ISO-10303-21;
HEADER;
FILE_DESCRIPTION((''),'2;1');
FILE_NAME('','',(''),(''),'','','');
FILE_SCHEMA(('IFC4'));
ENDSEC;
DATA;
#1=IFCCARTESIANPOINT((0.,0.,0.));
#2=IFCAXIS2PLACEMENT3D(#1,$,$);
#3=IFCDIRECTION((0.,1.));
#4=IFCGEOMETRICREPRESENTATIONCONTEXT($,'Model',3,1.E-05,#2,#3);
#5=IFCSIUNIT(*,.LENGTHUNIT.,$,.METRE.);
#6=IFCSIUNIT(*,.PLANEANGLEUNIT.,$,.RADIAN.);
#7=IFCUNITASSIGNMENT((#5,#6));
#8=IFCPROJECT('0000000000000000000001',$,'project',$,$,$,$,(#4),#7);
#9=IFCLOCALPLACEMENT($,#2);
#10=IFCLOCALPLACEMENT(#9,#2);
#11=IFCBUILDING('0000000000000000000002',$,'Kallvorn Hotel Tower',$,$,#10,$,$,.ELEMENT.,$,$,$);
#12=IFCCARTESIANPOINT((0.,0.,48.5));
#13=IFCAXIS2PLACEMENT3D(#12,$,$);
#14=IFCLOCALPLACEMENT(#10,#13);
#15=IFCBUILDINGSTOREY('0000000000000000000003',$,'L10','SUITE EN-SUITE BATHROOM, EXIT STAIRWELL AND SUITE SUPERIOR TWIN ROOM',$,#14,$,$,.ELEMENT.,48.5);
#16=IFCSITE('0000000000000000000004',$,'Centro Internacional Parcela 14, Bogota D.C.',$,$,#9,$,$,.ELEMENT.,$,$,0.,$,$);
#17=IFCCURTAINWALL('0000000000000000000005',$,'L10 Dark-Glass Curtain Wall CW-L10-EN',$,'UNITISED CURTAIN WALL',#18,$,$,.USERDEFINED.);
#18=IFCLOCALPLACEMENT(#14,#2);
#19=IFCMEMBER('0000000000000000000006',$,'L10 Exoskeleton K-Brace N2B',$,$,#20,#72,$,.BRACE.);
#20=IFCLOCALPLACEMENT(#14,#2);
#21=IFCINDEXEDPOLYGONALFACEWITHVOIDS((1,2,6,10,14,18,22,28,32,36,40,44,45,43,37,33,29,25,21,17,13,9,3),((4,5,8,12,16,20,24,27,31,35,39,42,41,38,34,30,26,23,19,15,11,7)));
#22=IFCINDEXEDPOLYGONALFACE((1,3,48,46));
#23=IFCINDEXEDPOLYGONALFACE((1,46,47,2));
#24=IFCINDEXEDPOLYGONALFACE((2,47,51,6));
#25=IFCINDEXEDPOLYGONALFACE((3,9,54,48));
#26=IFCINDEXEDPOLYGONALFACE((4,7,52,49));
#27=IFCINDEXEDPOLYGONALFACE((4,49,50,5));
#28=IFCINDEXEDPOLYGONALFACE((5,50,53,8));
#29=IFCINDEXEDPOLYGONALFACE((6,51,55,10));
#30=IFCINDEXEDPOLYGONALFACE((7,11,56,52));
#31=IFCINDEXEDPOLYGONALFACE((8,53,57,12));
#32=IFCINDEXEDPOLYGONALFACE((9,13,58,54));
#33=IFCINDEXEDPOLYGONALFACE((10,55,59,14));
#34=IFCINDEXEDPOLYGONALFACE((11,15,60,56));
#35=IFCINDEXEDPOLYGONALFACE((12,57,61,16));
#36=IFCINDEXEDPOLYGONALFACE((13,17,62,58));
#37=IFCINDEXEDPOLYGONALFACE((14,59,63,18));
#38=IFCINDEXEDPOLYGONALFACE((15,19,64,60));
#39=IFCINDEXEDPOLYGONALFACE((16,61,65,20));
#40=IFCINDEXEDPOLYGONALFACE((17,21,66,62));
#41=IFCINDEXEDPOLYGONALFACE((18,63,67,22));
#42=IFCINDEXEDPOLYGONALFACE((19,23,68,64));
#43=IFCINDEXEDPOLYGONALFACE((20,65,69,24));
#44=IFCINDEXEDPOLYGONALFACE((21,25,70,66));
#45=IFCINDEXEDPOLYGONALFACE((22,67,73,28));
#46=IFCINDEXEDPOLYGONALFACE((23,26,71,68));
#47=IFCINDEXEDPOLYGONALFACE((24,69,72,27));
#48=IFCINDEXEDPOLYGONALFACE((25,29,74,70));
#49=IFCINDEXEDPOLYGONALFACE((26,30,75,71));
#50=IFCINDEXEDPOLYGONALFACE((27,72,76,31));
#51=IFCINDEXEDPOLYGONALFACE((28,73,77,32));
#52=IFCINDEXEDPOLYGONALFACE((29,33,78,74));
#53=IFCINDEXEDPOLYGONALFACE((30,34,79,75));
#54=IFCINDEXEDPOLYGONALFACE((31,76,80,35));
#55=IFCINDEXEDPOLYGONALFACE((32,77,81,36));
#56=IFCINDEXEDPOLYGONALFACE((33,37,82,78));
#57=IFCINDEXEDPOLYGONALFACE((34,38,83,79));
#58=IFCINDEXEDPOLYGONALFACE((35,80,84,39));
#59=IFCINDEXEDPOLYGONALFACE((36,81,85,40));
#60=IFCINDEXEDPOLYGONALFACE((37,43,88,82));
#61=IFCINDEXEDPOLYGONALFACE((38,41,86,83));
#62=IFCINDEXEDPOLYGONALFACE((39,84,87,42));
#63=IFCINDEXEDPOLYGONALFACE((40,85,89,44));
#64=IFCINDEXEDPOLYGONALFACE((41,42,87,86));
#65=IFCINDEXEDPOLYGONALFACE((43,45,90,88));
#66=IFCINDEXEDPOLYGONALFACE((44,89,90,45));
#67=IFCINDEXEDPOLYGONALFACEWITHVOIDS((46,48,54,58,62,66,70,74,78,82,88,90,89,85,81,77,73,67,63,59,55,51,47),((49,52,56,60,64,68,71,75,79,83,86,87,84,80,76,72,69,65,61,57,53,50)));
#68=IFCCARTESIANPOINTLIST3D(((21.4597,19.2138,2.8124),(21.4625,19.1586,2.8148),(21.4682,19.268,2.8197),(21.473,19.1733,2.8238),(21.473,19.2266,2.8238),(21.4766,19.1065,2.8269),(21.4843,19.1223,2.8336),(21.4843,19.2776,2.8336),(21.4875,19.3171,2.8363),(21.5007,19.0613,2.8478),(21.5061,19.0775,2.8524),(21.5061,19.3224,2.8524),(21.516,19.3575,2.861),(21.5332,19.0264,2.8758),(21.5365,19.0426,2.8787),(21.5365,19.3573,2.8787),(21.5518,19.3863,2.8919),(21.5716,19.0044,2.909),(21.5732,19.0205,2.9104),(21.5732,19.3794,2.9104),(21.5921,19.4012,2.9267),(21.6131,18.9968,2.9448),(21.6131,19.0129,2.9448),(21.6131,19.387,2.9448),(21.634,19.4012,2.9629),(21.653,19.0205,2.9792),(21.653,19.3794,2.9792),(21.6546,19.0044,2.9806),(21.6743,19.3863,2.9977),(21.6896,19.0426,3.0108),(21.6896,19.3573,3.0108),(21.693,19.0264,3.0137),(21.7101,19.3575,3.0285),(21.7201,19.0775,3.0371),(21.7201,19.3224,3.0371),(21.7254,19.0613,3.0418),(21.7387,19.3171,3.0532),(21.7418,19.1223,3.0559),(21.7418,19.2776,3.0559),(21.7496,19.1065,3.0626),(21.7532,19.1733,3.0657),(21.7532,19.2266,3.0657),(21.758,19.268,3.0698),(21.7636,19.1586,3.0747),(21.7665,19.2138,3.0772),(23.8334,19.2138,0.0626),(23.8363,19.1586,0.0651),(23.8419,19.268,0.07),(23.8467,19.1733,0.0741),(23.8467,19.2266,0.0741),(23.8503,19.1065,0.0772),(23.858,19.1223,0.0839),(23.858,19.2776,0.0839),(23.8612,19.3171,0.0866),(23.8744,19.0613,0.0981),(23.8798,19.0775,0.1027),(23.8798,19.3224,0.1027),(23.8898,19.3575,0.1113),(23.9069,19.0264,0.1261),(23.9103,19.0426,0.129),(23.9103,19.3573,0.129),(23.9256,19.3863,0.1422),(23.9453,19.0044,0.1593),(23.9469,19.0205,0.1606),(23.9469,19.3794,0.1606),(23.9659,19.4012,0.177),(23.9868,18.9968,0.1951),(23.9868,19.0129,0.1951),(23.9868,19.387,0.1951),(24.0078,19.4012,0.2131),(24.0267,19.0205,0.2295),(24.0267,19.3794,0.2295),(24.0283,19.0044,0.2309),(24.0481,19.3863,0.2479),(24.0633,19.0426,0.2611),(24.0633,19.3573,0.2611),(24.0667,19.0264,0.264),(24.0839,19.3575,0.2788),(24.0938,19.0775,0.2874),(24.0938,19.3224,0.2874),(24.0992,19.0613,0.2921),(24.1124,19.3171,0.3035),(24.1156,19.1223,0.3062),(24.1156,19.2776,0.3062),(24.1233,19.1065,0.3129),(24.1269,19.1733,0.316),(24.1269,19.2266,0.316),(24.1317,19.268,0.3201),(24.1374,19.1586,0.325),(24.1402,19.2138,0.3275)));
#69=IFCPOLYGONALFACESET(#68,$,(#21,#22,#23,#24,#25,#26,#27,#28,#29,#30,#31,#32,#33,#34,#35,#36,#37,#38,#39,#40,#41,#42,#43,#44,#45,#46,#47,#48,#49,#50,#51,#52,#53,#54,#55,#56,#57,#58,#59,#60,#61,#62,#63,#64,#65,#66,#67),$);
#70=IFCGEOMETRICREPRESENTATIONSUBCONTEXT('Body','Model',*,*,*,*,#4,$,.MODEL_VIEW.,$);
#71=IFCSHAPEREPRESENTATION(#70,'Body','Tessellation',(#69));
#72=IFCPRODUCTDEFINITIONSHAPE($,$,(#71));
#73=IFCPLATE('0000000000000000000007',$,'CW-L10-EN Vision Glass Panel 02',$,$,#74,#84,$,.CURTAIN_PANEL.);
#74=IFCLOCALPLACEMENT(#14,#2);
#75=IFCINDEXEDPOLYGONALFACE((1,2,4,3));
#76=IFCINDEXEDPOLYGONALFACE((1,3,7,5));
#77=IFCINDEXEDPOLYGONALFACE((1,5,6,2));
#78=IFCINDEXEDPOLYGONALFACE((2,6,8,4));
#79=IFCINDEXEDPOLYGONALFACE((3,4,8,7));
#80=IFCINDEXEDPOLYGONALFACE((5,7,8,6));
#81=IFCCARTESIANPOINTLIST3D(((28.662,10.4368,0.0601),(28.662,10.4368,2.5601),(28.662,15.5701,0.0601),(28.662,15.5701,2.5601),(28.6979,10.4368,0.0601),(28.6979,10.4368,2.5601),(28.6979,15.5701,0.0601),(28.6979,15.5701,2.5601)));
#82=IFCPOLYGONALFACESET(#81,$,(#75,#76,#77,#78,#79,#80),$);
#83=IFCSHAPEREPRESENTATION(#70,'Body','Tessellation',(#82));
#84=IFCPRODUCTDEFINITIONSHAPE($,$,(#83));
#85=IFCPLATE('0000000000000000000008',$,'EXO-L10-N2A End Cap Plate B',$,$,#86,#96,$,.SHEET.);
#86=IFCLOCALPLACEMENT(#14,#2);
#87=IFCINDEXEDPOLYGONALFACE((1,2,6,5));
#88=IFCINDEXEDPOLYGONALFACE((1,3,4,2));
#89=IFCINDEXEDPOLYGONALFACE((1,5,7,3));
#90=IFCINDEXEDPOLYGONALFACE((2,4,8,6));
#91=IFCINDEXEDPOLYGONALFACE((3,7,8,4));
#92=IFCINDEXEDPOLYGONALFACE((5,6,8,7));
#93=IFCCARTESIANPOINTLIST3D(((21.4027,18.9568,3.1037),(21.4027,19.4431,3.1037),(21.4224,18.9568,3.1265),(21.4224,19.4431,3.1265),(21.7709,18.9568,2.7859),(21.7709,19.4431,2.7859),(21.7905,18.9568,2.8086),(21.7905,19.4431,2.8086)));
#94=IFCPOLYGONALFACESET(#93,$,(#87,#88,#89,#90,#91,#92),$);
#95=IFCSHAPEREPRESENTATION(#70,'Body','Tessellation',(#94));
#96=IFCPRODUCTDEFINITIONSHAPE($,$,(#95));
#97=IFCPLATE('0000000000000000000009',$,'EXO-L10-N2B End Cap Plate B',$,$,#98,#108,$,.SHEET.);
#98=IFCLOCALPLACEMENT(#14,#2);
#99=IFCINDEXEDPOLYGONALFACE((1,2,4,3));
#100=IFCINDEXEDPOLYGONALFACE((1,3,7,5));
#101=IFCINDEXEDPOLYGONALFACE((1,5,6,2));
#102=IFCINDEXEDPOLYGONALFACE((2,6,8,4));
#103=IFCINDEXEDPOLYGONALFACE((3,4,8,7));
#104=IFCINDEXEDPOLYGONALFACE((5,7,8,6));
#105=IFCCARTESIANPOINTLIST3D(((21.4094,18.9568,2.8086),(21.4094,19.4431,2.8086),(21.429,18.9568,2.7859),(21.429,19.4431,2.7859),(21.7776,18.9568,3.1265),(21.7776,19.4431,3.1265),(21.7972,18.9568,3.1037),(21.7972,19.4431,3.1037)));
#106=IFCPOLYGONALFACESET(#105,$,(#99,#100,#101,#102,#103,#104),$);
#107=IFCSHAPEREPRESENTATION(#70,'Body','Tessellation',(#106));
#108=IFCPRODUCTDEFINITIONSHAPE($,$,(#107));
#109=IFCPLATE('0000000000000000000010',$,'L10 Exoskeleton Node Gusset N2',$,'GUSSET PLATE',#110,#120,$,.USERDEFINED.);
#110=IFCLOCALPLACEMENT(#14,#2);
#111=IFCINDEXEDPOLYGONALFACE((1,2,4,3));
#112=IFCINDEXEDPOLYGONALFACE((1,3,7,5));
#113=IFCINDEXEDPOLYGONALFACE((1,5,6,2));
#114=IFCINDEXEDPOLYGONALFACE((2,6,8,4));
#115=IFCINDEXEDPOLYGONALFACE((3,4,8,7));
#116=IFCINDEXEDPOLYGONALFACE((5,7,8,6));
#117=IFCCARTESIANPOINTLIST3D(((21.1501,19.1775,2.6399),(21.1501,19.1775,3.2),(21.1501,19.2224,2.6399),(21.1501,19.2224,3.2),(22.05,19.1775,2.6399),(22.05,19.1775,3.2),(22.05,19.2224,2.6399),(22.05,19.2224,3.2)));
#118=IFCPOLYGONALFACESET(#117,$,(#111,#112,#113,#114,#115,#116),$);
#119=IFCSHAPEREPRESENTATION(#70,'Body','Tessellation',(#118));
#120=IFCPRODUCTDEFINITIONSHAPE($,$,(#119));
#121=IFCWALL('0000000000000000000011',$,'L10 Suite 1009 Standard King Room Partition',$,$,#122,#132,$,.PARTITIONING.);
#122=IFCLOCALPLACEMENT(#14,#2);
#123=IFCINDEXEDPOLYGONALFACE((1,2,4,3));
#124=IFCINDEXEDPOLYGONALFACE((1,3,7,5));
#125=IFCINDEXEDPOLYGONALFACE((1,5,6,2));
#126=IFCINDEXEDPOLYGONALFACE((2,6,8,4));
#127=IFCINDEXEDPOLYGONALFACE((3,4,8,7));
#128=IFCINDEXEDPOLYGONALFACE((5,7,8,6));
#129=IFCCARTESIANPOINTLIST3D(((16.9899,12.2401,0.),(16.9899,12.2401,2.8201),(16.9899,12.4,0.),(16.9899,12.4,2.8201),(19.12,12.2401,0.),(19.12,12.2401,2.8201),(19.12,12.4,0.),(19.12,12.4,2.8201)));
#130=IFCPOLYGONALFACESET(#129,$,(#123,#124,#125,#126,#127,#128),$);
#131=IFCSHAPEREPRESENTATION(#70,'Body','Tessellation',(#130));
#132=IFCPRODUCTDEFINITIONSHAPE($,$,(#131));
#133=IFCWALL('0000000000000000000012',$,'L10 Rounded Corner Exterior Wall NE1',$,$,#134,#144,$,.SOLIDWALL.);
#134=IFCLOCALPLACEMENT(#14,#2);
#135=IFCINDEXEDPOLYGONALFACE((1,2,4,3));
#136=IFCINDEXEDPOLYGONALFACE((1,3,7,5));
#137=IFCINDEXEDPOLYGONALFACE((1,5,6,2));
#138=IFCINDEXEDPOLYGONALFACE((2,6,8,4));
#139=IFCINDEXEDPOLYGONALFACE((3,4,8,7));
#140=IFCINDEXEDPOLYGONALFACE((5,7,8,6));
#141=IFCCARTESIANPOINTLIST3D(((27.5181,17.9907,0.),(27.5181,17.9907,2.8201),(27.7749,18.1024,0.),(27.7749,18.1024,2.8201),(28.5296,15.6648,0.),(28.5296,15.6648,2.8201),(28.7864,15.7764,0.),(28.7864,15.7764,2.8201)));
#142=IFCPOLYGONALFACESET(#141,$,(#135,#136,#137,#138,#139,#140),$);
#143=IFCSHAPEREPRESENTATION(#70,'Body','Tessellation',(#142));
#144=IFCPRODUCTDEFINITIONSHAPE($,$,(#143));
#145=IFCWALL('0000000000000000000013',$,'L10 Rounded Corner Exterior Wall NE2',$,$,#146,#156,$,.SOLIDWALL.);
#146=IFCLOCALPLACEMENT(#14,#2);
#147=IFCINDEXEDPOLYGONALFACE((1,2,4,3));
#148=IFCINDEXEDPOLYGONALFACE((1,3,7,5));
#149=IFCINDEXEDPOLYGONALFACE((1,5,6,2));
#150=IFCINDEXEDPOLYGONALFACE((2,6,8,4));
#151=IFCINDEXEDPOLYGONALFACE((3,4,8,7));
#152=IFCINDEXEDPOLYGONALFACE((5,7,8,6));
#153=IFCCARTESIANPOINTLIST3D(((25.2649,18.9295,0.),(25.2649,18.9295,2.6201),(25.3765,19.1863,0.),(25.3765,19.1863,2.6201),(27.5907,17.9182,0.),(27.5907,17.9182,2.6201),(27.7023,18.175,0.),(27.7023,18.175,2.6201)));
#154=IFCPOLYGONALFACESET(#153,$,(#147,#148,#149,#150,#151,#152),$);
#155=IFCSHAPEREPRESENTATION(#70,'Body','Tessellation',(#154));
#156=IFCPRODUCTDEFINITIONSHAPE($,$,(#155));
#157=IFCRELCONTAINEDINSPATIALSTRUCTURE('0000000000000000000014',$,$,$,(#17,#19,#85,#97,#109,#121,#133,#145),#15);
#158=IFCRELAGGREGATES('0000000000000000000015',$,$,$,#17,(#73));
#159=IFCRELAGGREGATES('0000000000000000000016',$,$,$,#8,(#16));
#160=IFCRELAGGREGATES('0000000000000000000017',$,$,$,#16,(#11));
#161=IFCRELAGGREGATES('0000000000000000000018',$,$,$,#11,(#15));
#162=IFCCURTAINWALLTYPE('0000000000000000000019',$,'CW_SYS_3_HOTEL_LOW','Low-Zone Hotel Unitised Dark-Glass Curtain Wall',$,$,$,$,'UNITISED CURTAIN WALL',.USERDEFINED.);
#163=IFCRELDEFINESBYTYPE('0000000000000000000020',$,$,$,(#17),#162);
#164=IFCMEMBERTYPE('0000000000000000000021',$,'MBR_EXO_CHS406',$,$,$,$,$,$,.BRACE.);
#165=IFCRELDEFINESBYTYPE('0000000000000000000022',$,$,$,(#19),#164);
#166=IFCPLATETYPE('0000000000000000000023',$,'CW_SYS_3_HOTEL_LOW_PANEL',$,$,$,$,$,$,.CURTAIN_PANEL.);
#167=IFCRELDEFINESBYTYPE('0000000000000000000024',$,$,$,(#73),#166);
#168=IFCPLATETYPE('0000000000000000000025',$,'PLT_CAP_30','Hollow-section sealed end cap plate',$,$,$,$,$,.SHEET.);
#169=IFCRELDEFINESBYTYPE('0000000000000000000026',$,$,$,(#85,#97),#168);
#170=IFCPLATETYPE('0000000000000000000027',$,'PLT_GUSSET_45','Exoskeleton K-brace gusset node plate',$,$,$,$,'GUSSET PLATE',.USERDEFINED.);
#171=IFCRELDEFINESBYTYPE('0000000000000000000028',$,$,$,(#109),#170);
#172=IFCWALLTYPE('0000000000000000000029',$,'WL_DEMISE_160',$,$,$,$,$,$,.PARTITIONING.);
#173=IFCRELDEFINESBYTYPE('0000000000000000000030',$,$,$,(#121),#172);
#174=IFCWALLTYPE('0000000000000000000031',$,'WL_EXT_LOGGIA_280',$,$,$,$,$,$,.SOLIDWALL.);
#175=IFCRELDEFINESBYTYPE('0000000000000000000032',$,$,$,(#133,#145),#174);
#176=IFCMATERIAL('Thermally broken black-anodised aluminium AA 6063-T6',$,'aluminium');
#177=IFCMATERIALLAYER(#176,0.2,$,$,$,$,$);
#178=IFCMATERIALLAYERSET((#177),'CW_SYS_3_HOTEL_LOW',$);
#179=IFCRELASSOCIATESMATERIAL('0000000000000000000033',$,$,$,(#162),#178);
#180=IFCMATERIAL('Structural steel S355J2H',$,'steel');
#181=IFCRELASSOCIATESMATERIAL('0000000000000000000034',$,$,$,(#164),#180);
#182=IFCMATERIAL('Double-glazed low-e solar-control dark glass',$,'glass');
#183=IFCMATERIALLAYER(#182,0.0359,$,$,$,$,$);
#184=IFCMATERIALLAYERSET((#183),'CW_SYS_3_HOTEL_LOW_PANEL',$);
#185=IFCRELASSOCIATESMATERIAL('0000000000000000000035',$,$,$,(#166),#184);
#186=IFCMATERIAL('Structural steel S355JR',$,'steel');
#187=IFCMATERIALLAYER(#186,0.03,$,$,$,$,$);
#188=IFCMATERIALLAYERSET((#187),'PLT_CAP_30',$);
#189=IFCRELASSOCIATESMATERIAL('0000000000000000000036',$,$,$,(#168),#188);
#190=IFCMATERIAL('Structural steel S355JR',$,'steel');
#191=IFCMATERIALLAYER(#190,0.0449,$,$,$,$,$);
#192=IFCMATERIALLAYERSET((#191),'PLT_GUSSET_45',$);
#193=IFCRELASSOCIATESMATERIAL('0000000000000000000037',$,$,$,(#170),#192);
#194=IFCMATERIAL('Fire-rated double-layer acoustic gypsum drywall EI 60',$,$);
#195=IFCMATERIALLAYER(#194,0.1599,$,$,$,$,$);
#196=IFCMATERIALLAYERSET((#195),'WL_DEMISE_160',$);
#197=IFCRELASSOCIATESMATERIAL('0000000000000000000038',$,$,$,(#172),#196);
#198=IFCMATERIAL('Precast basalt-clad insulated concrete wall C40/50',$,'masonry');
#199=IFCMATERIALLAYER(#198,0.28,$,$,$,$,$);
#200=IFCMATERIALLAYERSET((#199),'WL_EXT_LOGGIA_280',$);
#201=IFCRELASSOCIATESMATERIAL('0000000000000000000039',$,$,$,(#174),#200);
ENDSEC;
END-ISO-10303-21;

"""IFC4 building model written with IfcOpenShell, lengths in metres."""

from ifc_helpers import new_model, si_unit, direction, frame, frame_2d, origin, origin_2d, place, context, subcontext, project, spatial, polyline, rectangle, hollow_circle, outline, extrude, material, layer, layer_set, material_profile, profile_set, type_object, element, aggregate, save


model = new_model("IFC4")

# Units and contexts
model_context = context("Model", 3, precision=1e-05, world=origin(), true_north=direction((0.0, 1.0)))
body_context = subcontext(model_context, "Body", "Model", "MODEL_VIEW")
ifc_project = project(units=[si_unit("LENGTHUNIT", "METRE"), si_unit("PLANEANGLEUNIT", "RADIAN")], contexts=[model_context])

# Site, building, storey
site_placement = place(None, origin())
site = spatial("IfcSite", under=ifc_project, at=site_placement, Name="Centro Internacional Parcela 14, Bogota D.C.", CompositionType="ELEMENT", RefElevation=0.0)
building_placement = place(site_placement, origin())
building = spatial("IfcBuilding", under=site, at=building_placement, Name="Kallvorn Hotel Tower", CompositionType="ELEMENT")
storey_placement = place(building_placement, frame((0.0, 0.0, 48.5)))
storey = spatial("IfcBuildingStorey", under=building, at=storey_placement, Name="L10", Description="SUITE EN-SUITE BATHROOM, EXIT STAIRWELL AND SUITE SUPERIOR TWIN ROOM", CompositionType="ELEMENT", Elevation=48.5)

# Curtain wall
ifc_material_1 = material(Name="Thermally broken black-anodised aluminium AA 6063-T6", Category="aluminium")
ifc_layer_1 = layer(ifc_material_1, 0.2)
ifc_layer_set_1 = layer_set([ifc_layer_1], Name="CW_SYS_3_HOTEL_LOW")
curtain_wall_type = type_object("IfcCurtainWallType", Name="CW_SYS_3_HOTEL_LOW", Description="Low-Zone Hotel Unitised Dark-Glass Curtain Wall", ElementType="UNITISED CURTAIN WALL", PredefinedType="USERDEFINED", material=ifc_layer_set_1)
curtain_wall_placement = place(storey_placement, origin())
curtain_wall = element("IfcCurtainWall", 1, at=curtain_wall_placement, inside=storey, type_object=curtain_wall_type, Name="L10 Dark-Glass Curtain Wall CW-L10-EN", ObjectType="UNITISED CURTAIN WALL", PredefinedType="USERDEFINED")

# Member
ifc_material_2 = material(Name="Structural steel S355J2H", Category="steel")
ifc_material_profile_1 = material_profile(ifc_material_2, hollow_circle(Radius=0.2031, WallThickness=0.0161, at=origin_2d()), Name="CHS 406.4x16")
ifc_profile_set_1 = profile_set([ifc_material_profile_1], Name="Structural steel S355J2H")
member_type_1 = type_object("IfcMemberType", Name="MBR_EXO_CHS406", PredefinedType="BRACE", material=ifc_profile_set_1)
for number, where, z_axis, x_axis, name in (
    (2, (23.9868, 19.2, 0.1951), (-0.653461, 0.0, 0.756961), (0.0, -1.0, 0.0), "L10 Exoskeleton K-Brace N2B"),
):
    element("IfcMember", number, at=place(storey_placement, frame(where, z_axis=z_axis, x_axis=x_axis)), inside=storey, type_object=member_type_1, Name=name, PredefinedType="BRACE", context=body_context, shape_type="SweptSolid", body=[
        extrude(hollow_circle(Radius=0.2031, WallThickness=0.0161, at=origin_2d()), origin(), (0.0, 0.0, 1.0), 3.6326),
    ])

# Plate
ifc_material_3 = material(Name="Double-glazed low-e solar-control dark glass", Category="glass")
ifc_layer_2 = layer(ifc_material_3, 0.0359)
ifc_layer_set_2 = layer_set([ifc_layer_2], Name="CW_SYS_3_HOTEL_LOW_PANEL")
plate_type_1 = type_object("IfcPlateType", Name="CW_SYS_3_HOTEL_LOW_PANEL", PredefinedType="CURTAIN_PANEL", material=ifc_layer_set_2)
plate_1_placement = place(storey_placement, frame((28.6799, 13.0034, 0.0601), z_axis=(0.0, 0.0, 1.0), x_axis=(0.0, 1.0, 0.0)))
plate_1 = element("IfcPlate", 3, at=plate_1_placement, type_object=plate_type_1, Name="CW-L10-EN Vision Glass Panel 02", PredefinedType="CURTAIN_PANEL", context=body_context, shape_type="SweptSolid", body=[
    extrude(rectangle(XDim=5.1333, YDim=0.0359, at=origin_2d()), origin(), (0.0, 0.0, 1.0), 2.5),
])
aggregate(curtain_wall, [plate_1])

# Plates
ifc_material_4 = material(Name="Structural steel S355JR", Category="steel")
ifc_layer_3 = layer(ifc_material_4, 0.03)
ifc_layer_set_3 = layer_set([ifc_layer_3], Name="PLT_CAP_30")
plate_type_2 = type_object("IfcPlateType", Name="PLT_CAP_30", Description="Hollow-section sealed end cap plate", PredefinedType="SHEET", material=ifc_layer_set_3)
for number, where, z_axis, x_axis, name in (
    (4, (21.7905, 18.9568, 2.8086), (0.653515, 0.0, 0.756913), (0.0, 1.0, 0.0), "EXO-L10-N2A End Cap Plate B"),
    (5, (21.4094, 19.4431, 2.8086), (-0.653515, 0.0, 0.756913), (0.0, -1.0, 0.0), "EXO-L10-N2B End Cap Plate B"),
):
    element("IfcPlate", number, at=place(storey_placement, frame(where, z_axis=z_axis, x_axis=x_axis)), inside=storey, type_object=plate_type_2, Name=name, PredefinedType="SHEET", context=body_context, shape_type="SweptSolid", body=[
        extrude(outline(polyline([(0.0, 0.0), (0.4863, 0.0), (0.4863, 0.4864), (0.0, 0.4864), (0.0, 0.0)])), origin(), (0.0, 0.0, -1.0), 0.03),
    ])
ifc_material_5 = material(Name="Structural steel S355JR", Category="steel")
ifc_layer_4 = layer(ifc_material_5, 0.0449)
ifc_layer_set_4 = layer_set([ifc_layer_4], Name="PLT_GUSSET_45")
plate_type_3 = type_object("IfcPlateType", Name="PLT_GUSSET_45", Description="Exoskeleton K-brace gusset node plate", ElementType="GUSSET PLATE", PredefinedType="USERDEFINED", material=ifc_layer_set_4)
plate_2_placement = place(storey_placement, frame((21.6001, 19.2, 2.6399), z_axis=(0.0, 0.0, 1.0), x_axis=(1.0, 0.0, 0.0)))
element("IfcPlate", 6, at=plate_2_placement, inside=storey, type_object=plate_type_3, Name="L10 Exoskeleton Node Gusset N2", ObjectType="GUSSET PLATE", PredefinedType="USERDEFINED", context=body_context, shape_type="SweptSolid", body=[
    extrude(rectangle(XDim=0.8999, YDim=0.0449, at=origin_2d()), origin(), (0.0, 0.0, 1.0), 0.5601),
])

# Walls
ifc_material_6 = material(Name="Fire-rated double-layer acoustic gypsum drywall EI 60")
ifc_layer_5 = layer(ifc_material_6, 0.1599)
ifc_layer_set_5 = layer_set([ifc_layer_5], Name="WL_DEMISE_160")
wall_type_1 = type_object("IfcWallType", Name="WL_DEMISE_160", PredefinedType="PARTITIONING", material=ifc_layer_set_5)
wall_1_placement = place(storey_placement, frame((16.99, 12.3201, 0.0), z_axis=(0.0, 0.0, 1.0), x_axis=(1.0, 0.0, 0.0)))
element("IfcWall", 7, at=wall_1_placement, inside=storey, type_object=wall_type_1, Name="L10 Suite 1009 Standard King Room Partition", PredefinedType="PARTITIONING", context=body_context, shape_type="SweptSolid", body=[
    extrude(rectangle(XDim=2.1301, YDim=0.1599, at=frame_2d((1.0649, 0.0))), origin(), (0.0, 0.0, 1.0), 2.8201),
])
ifc_material_7 = material(Name="Precast basalt-clad insulated concrete wall C40/50", Category="masonry")
ifc_layer_6 = layer(ifc_material_7, 0.28)
ifc_layer_set_6 = layer_set([ifc_layer_6], Name="WL_EXT_LOGGIA_280")
wall_type_2 = type_object("IfcWallType", Name="WL_EXT_LOGGIA_280", PredefinedType="SOLIDWALL", material=ifc_layer_set_6)
wall_2_placement = place(storey_placement, frame((28.658, 15.7207, 0.0), z_axis=(0.0, 0.0, 1.0), x_axis=(-0.398793, 0.917041, 0.0)))
element("IfcWall", 8, at=wall_2_placement, inside=storey, type_object=wall_type_2, Name="L10 Rounded Corner Exterior Wall NE1", PredefinedType="SOLIDWALL", context=body_context, shape_type="SweptSolid", body=[
    extrude(rectangle(XDim=2.5364, YDim=0.28, at=frame_2d((1.2681, 0.0))), origin(), (0.0, 0.0, 1.0), 2.8201),
])
wall_3_placement = place(storey_placement, frame((27.6465, 18.0466, 0.0), z_axis=(0.0, 0.0, 1.0), x_axis=(-0.917061, 0.398747, 0.0)))
element("IfcWall", 9, at=wall_3_placement, inside=storey, type_object=wall_type_2, Name="L10 Rounded Corner Exterior Wall NE2", PredefinedType="SOLIDWALL", context=body_context, shape_type="SweptSolid", body=[
    extrude(rectangle(XDim=2.5361, YDim=0.28, at=frame_2d((1.2681, 0.0))), origin(), (0.0, 0.0, 1.0), 2.6201),
])

save(model, "model.ifc")
